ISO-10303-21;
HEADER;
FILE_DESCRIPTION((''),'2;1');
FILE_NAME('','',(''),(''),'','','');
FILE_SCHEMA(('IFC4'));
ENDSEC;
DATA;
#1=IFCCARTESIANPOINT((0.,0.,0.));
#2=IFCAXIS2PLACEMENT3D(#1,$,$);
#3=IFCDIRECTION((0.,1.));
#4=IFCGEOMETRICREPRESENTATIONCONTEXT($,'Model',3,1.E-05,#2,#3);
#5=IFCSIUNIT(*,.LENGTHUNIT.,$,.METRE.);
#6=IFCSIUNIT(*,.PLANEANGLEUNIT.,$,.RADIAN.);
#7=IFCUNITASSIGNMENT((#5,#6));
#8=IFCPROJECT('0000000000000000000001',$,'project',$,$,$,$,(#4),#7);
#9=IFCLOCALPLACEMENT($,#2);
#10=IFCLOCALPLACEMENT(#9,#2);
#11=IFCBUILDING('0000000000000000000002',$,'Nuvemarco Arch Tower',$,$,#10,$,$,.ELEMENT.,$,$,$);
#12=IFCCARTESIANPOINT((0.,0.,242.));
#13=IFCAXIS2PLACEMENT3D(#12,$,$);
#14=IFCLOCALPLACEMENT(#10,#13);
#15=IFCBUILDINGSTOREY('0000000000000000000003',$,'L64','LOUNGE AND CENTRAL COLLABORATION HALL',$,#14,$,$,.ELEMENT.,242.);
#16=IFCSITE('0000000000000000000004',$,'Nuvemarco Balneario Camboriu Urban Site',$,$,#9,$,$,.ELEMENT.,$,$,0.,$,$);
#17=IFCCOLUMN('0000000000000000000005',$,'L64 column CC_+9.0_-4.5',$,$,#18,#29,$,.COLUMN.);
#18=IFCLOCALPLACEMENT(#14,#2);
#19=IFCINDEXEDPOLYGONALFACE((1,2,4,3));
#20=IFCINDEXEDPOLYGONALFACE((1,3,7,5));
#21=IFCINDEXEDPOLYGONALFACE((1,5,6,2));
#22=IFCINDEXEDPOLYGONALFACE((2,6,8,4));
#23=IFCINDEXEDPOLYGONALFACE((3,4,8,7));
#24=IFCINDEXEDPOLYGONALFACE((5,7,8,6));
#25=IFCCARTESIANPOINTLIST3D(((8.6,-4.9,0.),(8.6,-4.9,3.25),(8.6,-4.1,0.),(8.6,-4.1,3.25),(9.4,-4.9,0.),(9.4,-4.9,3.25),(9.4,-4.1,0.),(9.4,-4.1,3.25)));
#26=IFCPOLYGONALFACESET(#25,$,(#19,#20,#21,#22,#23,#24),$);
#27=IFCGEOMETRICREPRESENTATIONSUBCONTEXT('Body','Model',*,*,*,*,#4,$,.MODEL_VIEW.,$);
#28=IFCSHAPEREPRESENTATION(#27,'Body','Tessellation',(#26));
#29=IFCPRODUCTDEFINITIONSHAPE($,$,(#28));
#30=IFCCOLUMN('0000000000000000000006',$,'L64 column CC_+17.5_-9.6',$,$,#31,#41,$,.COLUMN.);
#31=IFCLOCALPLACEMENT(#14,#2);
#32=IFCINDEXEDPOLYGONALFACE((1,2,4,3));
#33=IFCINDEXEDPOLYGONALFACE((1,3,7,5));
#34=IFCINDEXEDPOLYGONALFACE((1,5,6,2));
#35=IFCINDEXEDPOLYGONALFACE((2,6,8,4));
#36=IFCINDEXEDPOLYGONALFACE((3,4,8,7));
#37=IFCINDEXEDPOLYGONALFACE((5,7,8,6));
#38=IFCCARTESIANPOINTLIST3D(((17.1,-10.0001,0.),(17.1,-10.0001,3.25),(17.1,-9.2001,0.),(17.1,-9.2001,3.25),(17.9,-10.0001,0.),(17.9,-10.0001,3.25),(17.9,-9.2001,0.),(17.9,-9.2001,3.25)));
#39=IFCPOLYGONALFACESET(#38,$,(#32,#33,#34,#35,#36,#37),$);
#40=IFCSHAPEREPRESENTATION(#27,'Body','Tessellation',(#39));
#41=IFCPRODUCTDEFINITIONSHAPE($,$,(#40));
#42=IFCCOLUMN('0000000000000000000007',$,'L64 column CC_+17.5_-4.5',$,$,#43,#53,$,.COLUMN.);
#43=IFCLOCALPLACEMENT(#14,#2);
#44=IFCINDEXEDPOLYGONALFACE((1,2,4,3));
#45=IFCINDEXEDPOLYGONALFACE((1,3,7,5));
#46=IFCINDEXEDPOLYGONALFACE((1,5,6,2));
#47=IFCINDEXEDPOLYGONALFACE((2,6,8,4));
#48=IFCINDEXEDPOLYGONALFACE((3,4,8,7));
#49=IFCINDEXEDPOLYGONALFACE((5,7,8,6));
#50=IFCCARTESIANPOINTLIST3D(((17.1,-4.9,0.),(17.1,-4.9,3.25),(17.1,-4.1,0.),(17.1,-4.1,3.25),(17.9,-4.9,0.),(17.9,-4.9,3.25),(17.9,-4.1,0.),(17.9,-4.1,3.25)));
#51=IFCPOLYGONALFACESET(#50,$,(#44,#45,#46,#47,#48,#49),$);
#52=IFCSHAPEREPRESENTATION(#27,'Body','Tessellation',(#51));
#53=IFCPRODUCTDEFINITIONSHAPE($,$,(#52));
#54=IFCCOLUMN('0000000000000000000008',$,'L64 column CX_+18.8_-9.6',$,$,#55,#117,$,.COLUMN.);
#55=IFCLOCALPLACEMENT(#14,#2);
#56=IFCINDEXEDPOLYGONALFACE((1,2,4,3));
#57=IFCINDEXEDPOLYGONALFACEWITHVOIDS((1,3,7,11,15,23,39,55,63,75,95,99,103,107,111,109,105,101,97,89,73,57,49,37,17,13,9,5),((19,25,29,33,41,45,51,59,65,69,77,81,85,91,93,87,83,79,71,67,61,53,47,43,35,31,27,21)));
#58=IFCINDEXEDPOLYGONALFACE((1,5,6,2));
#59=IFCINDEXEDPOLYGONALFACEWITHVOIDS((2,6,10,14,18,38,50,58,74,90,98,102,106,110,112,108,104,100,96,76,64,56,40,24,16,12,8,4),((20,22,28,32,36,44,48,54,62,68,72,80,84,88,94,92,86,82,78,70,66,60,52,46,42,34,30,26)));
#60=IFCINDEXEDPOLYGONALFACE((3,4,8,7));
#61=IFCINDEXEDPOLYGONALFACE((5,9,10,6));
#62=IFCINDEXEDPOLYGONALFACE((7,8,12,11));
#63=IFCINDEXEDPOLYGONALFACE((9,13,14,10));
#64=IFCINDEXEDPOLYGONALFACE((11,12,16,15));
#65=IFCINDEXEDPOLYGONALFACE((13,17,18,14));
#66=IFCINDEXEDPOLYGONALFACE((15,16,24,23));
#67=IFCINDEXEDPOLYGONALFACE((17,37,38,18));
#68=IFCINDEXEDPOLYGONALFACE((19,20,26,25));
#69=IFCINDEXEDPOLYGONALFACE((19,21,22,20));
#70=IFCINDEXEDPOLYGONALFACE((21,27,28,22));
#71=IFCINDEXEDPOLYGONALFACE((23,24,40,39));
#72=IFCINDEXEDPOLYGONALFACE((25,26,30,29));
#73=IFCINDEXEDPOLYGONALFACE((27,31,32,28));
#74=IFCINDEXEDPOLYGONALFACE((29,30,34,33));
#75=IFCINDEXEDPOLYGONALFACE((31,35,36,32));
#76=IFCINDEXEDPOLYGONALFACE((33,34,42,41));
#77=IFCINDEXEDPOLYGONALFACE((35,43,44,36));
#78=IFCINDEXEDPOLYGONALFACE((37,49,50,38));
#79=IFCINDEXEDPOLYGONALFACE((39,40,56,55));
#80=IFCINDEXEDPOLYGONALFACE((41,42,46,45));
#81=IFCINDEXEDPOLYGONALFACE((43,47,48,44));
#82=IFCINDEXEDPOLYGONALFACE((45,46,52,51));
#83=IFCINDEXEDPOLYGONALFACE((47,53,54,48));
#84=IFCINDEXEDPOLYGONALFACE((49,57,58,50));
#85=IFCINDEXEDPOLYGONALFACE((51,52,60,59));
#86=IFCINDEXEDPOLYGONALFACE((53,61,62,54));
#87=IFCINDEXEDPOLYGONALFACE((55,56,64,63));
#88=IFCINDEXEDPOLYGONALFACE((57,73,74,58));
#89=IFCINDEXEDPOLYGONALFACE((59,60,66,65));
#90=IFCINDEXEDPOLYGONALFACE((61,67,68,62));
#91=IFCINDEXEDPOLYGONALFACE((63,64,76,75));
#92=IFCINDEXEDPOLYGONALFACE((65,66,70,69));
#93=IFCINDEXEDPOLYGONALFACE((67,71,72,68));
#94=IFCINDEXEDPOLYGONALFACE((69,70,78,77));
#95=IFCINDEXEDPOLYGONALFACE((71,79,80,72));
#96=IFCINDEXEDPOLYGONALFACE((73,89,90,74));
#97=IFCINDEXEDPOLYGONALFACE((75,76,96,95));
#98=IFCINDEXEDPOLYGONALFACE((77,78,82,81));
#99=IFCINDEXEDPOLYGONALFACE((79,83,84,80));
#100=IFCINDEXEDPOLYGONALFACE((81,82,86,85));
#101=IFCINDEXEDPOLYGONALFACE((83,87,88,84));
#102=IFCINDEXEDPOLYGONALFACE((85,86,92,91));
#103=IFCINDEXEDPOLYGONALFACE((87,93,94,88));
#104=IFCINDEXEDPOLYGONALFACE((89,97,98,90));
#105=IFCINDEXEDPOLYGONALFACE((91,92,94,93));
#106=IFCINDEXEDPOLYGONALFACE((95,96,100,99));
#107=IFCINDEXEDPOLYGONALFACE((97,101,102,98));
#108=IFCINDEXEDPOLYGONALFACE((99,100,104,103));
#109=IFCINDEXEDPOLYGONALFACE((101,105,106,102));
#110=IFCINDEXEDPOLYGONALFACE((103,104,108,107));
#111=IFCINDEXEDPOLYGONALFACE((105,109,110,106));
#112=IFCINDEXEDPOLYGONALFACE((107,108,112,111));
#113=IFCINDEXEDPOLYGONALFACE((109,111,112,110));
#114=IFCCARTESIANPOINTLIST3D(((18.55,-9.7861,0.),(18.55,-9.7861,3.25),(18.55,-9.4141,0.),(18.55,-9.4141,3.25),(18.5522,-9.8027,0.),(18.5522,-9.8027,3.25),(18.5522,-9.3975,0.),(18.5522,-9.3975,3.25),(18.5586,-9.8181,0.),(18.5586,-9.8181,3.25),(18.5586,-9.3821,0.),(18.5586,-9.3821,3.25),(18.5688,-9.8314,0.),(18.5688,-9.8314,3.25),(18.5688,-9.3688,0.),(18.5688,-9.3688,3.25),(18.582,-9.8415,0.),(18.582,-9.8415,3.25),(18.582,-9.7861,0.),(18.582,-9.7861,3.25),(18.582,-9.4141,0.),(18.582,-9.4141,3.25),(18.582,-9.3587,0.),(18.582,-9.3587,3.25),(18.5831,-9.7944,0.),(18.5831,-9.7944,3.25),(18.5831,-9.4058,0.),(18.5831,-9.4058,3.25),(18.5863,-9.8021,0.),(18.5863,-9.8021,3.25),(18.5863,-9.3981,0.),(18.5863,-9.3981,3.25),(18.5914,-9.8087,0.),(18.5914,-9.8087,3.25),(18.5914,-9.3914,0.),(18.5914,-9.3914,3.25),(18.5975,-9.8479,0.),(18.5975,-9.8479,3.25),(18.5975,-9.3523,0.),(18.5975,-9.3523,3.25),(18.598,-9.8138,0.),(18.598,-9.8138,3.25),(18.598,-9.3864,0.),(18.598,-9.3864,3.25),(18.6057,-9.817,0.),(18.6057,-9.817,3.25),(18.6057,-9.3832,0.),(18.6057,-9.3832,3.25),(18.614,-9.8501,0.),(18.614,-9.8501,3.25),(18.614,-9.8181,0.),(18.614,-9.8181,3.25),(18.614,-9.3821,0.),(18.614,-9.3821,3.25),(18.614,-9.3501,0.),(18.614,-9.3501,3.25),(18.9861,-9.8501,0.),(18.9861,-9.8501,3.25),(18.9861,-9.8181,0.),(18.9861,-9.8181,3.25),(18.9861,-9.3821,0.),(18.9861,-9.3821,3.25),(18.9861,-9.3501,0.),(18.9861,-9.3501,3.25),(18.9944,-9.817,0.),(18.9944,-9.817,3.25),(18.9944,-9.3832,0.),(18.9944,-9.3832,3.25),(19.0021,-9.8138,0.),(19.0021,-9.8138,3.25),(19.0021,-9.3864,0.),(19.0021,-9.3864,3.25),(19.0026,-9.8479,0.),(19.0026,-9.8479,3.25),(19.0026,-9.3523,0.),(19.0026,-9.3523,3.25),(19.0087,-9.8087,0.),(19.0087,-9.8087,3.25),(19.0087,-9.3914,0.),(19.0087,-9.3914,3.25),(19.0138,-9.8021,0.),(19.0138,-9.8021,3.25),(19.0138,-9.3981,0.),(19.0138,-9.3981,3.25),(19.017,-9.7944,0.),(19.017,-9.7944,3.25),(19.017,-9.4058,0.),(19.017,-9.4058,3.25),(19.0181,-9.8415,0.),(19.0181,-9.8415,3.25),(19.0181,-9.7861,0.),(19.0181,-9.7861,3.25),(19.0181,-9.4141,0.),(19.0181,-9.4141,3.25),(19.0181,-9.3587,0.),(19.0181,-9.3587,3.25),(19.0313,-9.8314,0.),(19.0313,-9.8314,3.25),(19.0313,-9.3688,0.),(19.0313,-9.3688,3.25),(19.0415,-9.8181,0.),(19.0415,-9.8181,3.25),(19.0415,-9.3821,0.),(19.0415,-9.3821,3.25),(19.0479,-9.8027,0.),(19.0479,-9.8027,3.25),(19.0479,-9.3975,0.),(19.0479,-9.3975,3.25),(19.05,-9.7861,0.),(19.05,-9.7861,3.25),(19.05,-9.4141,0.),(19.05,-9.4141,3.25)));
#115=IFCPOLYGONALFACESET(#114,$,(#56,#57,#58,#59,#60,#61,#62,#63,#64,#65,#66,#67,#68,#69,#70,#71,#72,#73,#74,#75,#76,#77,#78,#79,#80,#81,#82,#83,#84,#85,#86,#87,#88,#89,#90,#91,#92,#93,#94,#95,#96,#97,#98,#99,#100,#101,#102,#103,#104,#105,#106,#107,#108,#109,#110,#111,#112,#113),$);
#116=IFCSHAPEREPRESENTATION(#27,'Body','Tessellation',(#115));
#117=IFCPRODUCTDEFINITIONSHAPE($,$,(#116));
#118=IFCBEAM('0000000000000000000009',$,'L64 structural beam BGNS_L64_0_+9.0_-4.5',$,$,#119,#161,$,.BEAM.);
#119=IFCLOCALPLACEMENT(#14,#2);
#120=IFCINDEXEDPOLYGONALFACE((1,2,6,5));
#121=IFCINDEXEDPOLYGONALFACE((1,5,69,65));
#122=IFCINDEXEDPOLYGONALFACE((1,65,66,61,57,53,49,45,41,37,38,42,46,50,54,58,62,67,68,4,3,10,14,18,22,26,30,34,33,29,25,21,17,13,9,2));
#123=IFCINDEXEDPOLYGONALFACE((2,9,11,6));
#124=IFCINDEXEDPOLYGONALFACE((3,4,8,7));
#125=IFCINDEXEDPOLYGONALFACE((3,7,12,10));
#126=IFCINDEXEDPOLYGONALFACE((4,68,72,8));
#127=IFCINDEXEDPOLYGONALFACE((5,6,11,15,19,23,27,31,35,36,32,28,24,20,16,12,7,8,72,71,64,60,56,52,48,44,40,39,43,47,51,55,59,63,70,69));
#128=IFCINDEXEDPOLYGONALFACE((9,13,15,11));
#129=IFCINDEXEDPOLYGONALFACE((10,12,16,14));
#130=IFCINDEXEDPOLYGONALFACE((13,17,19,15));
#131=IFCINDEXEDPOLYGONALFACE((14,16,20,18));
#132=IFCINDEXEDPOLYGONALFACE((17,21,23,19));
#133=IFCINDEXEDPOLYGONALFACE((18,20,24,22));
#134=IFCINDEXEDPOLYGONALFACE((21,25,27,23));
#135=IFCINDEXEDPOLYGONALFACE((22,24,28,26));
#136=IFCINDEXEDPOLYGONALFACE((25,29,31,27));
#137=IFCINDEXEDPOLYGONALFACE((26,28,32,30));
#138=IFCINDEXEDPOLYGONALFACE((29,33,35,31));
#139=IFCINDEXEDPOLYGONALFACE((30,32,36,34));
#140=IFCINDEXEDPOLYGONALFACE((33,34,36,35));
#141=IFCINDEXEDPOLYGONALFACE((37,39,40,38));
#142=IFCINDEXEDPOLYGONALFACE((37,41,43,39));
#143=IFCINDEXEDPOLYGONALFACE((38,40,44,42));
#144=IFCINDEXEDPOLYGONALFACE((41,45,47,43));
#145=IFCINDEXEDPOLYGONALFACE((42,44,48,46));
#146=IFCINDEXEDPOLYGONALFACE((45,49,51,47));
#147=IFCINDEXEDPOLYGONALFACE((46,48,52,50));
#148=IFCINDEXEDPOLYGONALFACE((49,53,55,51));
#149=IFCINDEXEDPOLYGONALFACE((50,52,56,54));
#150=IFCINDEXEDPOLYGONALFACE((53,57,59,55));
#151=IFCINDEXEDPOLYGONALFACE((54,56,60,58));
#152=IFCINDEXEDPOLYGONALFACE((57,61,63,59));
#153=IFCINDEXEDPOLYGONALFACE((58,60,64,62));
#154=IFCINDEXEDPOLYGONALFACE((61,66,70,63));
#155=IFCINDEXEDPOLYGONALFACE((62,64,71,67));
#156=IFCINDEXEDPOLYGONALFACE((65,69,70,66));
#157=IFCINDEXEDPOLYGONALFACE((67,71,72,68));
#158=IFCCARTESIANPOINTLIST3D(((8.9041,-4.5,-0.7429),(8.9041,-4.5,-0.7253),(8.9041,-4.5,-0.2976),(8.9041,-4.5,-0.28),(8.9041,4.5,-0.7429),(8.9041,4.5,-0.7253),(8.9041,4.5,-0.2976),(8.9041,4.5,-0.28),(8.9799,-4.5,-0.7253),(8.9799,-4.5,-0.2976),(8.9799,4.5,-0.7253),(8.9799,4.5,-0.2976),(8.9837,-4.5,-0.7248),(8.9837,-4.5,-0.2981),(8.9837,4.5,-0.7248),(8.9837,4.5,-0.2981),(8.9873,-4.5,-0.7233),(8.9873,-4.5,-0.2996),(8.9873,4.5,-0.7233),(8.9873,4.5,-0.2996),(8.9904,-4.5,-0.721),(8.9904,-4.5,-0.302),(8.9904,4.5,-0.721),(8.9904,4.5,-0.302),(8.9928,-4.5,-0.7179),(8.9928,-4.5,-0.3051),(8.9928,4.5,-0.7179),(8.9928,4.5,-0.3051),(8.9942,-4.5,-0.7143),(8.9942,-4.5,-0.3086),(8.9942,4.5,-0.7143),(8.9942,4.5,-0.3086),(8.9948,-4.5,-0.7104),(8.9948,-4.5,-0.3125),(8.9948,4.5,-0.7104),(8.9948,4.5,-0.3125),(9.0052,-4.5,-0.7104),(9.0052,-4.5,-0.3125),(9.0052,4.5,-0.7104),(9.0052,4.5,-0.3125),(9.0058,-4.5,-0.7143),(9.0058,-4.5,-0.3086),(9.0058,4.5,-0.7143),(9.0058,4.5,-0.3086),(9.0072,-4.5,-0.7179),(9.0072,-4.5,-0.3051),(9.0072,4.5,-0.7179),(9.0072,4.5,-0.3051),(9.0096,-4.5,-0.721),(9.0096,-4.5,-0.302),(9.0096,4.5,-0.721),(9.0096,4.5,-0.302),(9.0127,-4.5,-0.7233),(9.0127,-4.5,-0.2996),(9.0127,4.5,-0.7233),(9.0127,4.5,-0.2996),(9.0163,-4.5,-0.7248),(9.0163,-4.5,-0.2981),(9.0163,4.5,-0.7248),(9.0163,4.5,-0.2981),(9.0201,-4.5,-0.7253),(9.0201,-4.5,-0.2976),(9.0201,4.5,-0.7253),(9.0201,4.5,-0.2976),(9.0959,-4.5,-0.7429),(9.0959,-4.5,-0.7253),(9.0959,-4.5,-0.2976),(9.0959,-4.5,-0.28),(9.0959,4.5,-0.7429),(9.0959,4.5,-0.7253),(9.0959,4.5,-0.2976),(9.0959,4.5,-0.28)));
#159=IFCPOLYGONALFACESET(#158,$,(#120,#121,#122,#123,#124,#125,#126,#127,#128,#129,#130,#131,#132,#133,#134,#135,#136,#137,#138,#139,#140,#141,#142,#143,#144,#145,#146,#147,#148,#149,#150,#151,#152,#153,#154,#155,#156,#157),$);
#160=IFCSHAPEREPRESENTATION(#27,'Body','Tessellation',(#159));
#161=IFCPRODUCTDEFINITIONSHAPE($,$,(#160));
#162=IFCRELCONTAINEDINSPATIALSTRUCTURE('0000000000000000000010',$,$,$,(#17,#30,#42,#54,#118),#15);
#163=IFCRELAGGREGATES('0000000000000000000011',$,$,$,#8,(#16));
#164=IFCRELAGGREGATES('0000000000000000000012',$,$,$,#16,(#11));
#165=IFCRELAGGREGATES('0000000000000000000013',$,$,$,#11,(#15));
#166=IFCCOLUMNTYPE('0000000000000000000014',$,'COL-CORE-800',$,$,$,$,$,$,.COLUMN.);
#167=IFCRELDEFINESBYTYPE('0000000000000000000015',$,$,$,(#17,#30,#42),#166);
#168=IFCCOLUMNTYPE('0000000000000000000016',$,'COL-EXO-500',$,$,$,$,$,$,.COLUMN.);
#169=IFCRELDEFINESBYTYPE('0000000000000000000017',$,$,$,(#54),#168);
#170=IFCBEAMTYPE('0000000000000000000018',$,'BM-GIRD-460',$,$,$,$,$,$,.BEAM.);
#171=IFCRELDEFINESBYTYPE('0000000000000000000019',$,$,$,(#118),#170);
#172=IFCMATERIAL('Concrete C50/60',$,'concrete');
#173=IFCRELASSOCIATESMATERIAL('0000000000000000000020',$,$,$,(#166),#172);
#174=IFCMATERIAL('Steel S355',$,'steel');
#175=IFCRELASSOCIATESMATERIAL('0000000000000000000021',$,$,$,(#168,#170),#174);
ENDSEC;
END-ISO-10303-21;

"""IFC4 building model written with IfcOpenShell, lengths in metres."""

from ifc_helpers import new_model, si_unit, direction, frame, origin, origin_2d, place, context, subcontext, project, spatial, rectangle, hollow_rectangle, i_section, extrude, material, material_profile, profile_set, type_object, element, save


model = new_model("IFC4")

# Units and contexts
model_context = context("Model", 3, precision=1e-05, world=origin(), true_north=direction((0.0, 1.0)))
body_context = subcontext(model_context, "Body", "Model", "MODEL_VIEW")
ifc_project = project(units=[si_unit("LENGTHUNIT", "METRE"), si_unit("PLANEANGLEUNIT", "RADIAN")], contexts=[model_context])

# Site, building, storey
site_placement = place(None, origin())
site = spatial("IfcSite", under=ifc_project, at=site_placement, Name="Nuvemarco Balneario Camboriu Urban Site", CompositionType="ELEMENT", RefElevation=0.0)
building_placement = place(site_placement, origin())
building = spatial("IfcBuilding", under=site, at=building_placement, Name="Nuvemarco Arch Tower", CompositionType="ELEMENT")
storey_placement = place(building_placement, frame((0.0, 0.0, 242.0)))
storey = spatial("IfcBuildingStorey", under=building, at=storey_placement, Name="L64", Description="LOUNGE AND CENTRAL COLLABORATION HALL", CompositionType="ELEMENT", Elevation=242.0)

# Columns
ifc_material_1 = material(Name="Concrete C50/60", Category="concrete")
ifc_material_profile_1 = material_profile(ifc_material_1, rectangle(XDim=0.8, YDim=0.8, at=origin_2d()), Name="RC-COL-800x800")
ifc_profile_set_1 = profile_set([ifc_material_profile_1], Name="Concrete C50/60")
column_type_1 = type_object("IfcColumnType", Name="COL-CORE-800", PredefinedType="COLUMN", material=ifc_profile_set_1)
for number, where, z_axis, x_axis, name in (
    (1, (9.0, -4.5, 0.0), (0.0, 0.0, 1.0), (1.0, 0.0, 0.0), "L64 column CC_+9.0_-4.5"),
    (2, (17.5, -9.6001, 0.0), (0.0, 0.0, 1.0), (1.0, 0.0, 0.0), "L64 column CC_+17.5_-9.6"),
    (3, (17.5, -4.5, 0.0), (0.0, 0.0, 1.0), (1.0, 0.0, 0.0), "L64 column CC_+17.5_-4.5"),
):
    element("IfcColumn", number, at=place(storey_placement, frame(where, z_axis=z_axis, x_axis=x_axis)), inside=storey, type_object=column_type_1, Name=name, PredefinedType="COLUMN", context=body_context, shape_type="SweptSolid", body=[
        extrude(rectangle(XDim=0.8, YDim=0.8, at=origin_2d()), origin(), (0.0, 0.0, 1.0), 3.25),
    ])
ifc_material_2 = material(Name="Steel S355", Category="steel")
ifc_material_profile_2 = material_profile(ifc_material_2, hollow_rectangle(XDim=0.5, YDim=0.5, WallThickness=0.032, InnerFilletRadius=0.032, OuterFilletRadius=0.064, at=origin_2d()), Name="SHS500x500x32")
ifc_profile_set_2 = profile_set([ifc_material_profile_2], Name="Steel S355")
column_type_2 = type_object("IfcColumnType", Name="COL-EXO-500", PredefinedType="COLUMN", material=ifc_profile_set_2)
column_placement = place(storey_placement, frame((18.8, -9.6001, 0.0), z_axis=(0.0, 0.0, 1.0), x_axis=(1.0, 0.0, 0.0)))
element("IfcColumn", 4, at=column_placement, inside=storey, type_object=column_type_2, Name="L64 column CX_+18.8_-9.6", PredefinedType="COLUMN", context=body_context, shape_type="SweptSolid", body=[
    extrude(hollow_rectangle(XDim=0.5, YDim=0.5, WallThickness=0.032, InnerFilletRadius=0.032, OuterFilletRadius=0.064, at=origin_2d()), origin(), (0.0, 0.0, 1.0), 3.25),
])

# Beam
ifc_material_profile_3 = material_profile(ifc_material_2, i_section(OverallWidth=0.1919, OverallDepth=0.4629, WebThickness=0.0105, FlangeThickness=0.0176, FilletRadius=0.0149, at=origin_2d()), Name="W460x89")
ifc_profile_set_3 = profile_set([ifc_material_profile_3], Name="Steel S355")
beam_type_1 = type_object("IfcBeamType", Name="BM-GIRD-460", PredefinedType="BEAM", material=ifc_profile_set_3)
beam_1_placement = place(storey_placement, frame((9.0, -4.5, -0.5115), z_axis=(0.0, 1.0, 0.0), x_axis=(-1.0, 0.0, 0.0)))
element("IfcBeam", 5, at=beam_1_placement, inside=storey, type_object=beam_type_1, Name="L64 structural beam BGNS_L64_0_+9.0_-4.5", PredefinedType="BEAM", context=body_context, shape_type="SweptSolid", body=[
    extrude(i_section(OverallWidth=0.1919, OverallDepth=0.4629, WebThickness=0.0105, FlangeThickness=0.0176, FilletRadius=0.0149, at=origin_2d()), origin(), (0.0, 0.0, 1.0), 9.0),
])

save(model, "model.ifc")
